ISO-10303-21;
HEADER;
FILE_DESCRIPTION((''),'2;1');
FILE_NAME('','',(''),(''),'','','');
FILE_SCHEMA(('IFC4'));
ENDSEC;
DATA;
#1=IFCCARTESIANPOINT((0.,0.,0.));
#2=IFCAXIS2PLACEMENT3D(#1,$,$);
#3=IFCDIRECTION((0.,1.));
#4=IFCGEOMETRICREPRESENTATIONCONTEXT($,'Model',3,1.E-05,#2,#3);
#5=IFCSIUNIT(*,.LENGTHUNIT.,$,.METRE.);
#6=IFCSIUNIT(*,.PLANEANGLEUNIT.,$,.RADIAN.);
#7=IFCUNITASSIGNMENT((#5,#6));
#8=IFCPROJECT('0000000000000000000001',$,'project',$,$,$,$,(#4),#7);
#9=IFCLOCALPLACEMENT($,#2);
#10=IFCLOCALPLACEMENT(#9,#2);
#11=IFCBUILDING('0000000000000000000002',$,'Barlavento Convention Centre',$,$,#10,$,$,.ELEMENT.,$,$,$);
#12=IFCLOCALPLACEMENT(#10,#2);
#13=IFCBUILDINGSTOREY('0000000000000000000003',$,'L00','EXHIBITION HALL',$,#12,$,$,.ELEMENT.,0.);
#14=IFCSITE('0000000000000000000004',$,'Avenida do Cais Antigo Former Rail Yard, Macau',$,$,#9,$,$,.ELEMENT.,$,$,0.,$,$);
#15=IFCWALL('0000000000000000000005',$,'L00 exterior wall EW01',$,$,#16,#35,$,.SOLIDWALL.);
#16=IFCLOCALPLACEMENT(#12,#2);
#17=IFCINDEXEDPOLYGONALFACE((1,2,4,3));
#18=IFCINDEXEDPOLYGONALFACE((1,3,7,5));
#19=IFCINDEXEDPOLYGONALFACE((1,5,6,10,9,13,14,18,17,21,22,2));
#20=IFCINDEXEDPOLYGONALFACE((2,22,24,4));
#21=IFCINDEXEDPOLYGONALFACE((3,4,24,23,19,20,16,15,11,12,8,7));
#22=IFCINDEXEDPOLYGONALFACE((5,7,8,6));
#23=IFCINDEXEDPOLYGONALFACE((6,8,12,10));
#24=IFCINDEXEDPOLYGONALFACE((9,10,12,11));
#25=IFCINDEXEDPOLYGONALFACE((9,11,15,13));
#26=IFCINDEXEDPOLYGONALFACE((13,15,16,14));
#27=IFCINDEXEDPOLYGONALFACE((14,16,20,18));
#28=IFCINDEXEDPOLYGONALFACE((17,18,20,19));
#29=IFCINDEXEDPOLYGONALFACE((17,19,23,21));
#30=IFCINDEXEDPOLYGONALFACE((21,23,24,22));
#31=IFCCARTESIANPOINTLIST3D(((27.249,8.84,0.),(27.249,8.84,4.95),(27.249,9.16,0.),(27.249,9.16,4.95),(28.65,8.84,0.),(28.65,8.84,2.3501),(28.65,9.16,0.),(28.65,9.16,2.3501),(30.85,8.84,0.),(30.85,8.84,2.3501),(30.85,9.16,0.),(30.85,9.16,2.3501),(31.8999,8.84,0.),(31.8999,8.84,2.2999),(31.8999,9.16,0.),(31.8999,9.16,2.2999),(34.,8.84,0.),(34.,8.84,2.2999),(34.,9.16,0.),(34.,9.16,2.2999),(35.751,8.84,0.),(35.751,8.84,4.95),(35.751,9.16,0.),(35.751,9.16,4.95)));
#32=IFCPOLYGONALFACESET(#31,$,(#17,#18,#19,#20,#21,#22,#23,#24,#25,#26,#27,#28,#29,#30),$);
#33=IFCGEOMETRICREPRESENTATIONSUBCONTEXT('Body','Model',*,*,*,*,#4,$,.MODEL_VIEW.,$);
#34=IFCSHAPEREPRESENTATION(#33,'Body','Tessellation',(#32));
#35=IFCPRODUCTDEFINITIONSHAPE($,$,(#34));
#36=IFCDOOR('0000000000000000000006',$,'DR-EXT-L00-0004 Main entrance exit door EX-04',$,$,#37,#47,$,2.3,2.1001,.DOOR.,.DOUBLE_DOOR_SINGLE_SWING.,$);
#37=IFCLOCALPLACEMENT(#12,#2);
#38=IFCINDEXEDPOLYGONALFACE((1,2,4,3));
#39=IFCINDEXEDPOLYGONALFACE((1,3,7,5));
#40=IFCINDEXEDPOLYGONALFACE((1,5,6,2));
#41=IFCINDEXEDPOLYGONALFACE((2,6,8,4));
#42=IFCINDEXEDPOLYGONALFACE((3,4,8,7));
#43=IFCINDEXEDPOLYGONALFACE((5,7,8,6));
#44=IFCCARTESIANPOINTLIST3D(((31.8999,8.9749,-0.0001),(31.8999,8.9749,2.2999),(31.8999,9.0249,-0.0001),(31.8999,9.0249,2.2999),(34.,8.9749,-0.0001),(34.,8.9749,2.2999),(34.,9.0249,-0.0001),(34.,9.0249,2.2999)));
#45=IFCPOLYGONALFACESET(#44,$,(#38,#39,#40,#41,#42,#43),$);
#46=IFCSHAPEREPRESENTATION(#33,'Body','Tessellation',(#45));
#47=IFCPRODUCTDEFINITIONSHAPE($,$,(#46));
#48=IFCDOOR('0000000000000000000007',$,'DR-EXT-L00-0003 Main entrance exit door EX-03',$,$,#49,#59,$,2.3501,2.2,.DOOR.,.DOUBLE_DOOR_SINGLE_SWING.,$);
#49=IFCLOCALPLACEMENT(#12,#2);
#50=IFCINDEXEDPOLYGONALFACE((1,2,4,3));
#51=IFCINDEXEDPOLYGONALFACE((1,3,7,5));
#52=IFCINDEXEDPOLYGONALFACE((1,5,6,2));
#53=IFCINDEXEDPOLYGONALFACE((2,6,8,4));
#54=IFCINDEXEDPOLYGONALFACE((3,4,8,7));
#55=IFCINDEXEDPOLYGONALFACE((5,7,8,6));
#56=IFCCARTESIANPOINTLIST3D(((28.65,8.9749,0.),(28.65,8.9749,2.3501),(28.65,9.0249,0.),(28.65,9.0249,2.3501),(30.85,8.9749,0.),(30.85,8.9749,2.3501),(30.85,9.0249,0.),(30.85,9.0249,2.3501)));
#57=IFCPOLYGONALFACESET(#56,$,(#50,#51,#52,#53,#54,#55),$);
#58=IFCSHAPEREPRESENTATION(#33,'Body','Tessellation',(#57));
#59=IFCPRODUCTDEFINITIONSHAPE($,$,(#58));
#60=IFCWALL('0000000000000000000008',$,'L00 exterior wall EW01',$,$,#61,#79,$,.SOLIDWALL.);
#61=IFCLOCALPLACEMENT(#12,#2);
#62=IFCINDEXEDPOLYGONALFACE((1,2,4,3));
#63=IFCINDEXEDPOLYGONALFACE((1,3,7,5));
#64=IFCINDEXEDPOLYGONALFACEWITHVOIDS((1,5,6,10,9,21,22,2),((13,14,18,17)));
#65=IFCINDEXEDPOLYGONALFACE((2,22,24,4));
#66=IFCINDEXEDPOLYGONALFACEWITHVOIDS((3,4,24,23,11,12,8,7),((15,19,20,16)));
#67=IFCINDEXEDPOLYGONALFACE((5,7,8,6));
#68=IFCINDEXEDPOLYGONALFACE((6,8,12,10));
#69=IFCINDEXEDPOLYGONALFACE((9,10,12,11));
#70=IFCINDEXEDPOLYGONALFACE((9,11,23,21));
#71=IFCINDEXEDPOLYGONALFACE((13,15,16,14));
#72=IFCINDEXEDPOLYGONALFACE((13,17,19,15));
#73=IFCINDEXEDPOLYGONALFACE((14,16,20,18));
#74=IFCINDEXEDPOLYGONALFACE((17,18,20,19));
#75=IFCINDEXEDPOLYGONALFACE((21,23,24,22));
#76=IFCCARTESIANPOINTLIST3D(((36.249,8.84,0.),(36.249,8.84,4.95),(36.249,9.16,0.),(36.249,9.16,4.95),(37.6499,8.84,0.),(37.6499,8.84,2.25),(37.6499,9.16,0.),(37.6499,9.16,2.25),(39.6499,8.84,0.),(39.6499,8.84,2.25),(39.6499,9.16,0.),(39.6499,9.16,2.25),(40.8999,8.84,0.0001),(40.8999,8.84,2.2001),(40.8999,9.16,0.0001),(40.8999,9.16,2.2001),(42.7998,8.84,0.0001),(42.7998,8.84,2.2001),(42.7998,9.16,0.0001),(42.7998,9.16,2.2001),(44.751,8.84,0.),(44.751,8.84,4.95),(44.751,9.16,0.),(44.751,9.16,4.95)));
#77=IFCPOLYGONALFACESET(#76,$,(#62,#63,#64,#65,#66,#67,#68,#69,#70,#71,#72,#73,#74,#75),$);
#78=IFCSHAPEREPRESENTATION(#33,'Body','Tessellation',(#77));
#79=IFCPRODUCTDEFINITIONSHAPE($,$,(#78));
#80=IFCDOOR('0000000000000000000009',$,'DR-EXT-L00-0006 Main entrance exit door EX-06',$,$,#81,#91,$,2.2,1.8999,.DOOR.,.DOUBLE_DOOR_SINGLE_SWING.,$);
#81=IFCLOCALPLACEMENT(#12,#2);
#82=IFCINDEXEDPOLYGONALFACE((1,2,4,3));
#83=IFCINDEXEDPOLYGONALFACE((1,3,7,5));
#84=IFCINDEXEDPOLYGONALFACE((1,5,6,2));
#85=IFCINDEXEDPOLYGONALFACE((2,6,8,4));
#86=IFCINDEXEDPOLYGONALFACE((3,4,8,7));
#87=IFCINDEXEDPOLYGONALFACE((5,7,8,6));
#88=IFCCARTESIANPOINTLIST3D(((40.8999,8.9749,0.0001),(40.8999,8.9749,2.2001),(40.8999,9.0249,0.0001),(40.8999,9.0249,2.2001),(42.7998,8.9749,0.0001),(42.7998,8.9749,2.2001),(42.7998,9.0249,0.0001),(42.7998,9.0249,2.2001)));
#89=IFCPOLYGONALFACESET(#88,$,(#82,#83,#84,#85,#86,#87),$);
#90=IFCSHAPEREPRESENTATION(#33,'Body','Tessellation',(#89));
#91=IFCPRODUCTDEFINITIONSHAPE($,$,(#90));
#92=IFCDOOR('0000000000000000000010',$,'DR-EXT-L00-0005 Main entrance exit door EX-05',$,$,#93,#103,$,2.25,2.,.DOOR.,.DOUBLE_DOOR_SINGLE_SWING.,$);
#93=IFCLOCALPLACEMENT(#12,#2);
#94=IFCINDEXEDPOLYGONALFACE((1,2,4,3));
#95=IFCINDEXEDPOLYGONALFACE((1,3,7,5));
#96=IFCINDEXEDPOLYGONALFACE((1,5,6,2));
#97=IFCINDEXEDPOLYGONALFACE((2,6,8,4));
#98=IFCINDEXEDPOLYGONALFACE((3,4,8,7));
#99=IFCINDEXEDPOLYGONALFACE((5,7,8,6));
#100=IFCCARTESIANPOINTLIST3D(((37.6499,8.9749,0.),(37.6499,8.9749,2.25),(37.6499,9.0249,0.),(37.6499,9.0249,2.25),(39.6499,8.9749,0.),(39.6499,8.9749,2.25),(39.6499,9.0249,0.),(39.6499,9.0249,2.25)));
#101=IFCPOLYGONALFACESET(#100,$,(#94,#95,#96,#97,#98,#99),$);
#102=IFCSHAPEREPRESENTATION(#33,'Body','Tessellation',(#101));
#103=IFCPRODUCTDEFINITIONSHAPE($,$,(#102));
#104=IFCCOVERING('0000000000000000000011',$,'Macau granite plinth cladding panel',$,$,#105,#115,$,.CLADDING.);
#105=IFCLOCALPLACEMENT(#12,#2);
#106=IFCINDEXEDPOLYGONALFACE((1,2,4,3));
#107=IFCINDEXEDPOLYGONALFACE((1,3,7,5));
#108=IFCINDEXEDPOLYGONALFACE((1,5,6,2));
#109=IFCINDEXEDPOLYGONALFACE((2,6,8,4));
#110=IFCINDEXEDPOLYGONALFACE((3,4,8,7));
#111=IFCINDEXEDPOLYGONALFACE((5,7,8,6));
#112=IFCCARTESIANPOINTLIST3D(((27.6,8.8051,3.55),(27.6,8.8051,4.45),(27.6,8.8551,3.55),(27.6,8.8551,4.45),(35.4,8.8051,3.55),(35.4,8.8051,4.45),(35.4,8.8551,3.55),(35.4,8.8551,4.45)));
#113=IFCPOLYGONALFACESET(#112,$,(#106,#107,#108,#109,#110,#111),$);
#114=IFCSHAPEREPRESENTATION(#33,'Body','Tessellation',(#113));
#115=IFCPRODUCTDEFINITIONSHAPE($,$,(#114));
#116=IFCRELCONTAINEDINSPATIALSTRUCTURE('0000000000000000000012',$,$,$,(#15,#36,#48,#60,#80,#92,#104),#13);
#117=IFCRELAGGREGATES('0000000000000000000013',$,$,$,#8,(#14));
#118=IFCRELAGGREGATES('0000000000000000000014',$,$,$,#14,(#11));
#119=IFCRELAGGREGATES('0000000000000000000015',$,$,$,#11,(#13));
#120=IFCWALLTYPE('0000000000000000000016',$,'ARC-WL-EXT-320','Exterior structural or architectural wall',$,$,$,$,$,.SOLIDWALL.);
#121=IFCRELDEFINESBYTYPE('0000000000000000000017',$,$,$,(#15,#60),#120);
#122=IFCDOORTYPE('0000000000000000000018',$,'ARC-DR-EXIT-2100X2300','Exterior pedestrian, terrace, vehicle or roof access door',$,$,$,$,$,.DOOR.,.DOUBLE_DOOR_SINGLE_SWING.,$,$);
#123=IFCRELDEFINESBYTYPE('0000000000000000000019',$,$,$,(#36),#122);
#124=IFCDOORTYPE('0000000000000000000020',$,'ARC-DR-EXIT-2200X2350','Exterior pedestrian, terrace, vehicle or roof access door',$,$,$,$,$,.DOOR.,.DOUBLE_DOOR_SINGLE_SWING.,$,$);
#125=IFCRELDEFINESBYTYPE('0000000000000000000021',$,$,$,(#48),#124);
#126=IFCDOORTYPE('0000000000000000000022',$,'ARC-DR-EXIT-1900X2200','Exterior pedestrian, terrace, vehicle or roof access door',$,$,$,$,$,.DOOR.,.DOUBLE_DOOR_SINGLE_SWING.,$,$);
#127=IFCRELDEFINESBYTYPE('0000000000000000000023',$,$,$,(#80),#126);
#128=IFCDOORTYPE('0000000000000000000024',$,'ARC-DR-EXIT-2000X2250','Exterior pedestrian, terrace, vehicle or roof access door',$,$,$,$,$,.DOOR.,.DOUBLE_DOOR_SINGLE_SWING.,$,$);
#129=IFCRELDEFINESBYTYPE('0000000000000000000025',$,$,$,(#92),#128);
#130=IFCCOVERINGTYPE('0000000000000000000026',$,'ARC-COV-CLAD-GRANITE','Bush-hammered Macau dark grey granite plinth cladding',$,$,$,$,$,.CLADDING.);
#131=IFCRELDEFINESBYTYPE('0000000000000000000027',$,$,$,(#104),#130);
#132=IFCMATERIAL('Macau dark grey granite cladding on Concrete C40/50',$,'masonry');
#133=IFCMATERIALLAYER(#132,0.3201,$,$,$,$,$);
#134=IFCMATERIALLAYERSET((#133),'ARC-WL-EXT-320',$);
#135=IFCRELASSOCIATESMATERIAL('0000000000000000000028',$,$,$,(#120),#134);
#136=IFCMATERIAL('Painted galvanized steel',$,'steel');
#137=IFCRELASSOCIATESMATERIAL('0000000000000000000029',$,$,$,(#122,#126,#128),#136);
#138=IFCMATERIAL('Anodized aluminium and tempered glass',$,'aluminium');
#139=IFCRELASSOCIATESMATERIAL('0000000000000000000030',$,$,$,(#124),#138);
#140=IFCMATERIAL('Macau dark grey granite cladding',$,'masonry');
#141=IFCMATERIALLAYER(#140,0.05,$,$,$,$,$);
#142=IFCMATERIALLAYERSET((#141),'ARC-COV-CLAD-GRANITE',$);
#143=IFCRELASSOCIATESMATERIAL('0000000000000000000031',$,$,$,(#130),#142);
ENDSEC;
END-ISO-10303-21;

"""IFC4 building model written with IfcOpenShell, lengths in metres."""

from ifc_helpers import new_model, si_unit, direction, frame, frame_2d, origin, origin_2d, place, context, subcontext, project, spatial, rectangle, extrude, material, layer, layer_set, type_object, element, fill, save


model = new_model("IFC4")

# Units and contexts
model_context = context("Model", 3, precision=1e-05, world=origin(), true_north=direction((0.0, 1.0)))
body_context = subcontext(model_context, "Body", "Model", "MODEL_VIEW")
ifc_project = project(units=[si_unit("LENGTHUNIT", "METRE"), si_unit("PLANEANGLEUNIT", "RADIAN")], contexts=[model_context])

# Site, building, storey
site_placement = place(None, origin())
site = spatial("IfcSite", under=ifc_project, at=site_placement, Name="Avenida do Cais Antigo Former Rail Yard, Macau", CompositionType="ELEMENT", RefElevation=0.0)
building_placement = place(site_placement, origin())
building = spatial("IfcBuilding", under=site, at=building_placement, Name="Barlavento Convention Centre", CompositionType="ELEMENT")
storey_placement = place(building_placement, origin())
storey = spatial("IfcBuildingStorey", under=building, at=storey_placement, Name="L00", Description="EXHIBITION HALL", CompositionType="ELEMENT", Elevation=0.0)

# Walls, openings, doors
ifc_material_1 = material(Name="Macau dark grey granite cladding on Concrete C40/50", Category="masonry")
ifc_layer_1 = layer(ifc_material_1, 0.3201)
ifc_layer_set_1 = layer_set([ifc_layer_1], Name="ARC-WL-EXT-320")
wall_type = type_object("IfcWallType", Name="ARC-WL-EXT-320", Description="Exterior structural or architectural wall", PredefinedType="SOLIDWALL", material=ifc_layer_set_1)
wall_1_placement = place(storey_placement, frame((27.249, 9.0, 0.0), z_axis=(0.0, 0.0, 1.0), x_axis=(1.0, 0.0, 0.0)))
wall_1 = element("IfcWall", 1, at=wall_1_placement, inside=storey, type_object=wall_type, Name="L00 exterior wall EW01", PredefinedType="SOLIDWALL", context=body_context, shape_type="SweptSolid", body=[
    extrude(rectangle(XDim=8.502, YDim=0.3201, at=frame_2d((4.251, 0.0))), origin(), (0.0, 0.0, 1.0), 4.95),
])
opening_1_placement = place(wall_1_placement, frame((1.4009, 0.0, 0.0)))
opening_1 = element("IfcOpeningElement", 2, at=opening_1_placement, cuts=wall_1, PredefinedType="OPENING", context=body_context, shape_type="SweptSolid", body=[
    extrude(rectangle(XDim=2.2, YDim=2.3501, at=frame_2d((1.1001, 1.175))), frame((0.0, 0.1699, 0.0), z_axis=(0.0, -1.0, 0.0), x_axis=(1.0, 0.0, 0.0)), (0.0, 0.0, 1.0), 0.3401),
])
opening_2_placement = place(wall_1_placement, frame((4.6509, 0.0, 0.0)))
opening_2 = element("IfcOpeningElement", 3, at=opening_2_placement, cuts=wall_1, PredefinedType="OPENING", context=body_context, shape_type="SweptSolid", body=[
    extrude(rectangle(XDim=2.1001, YDim=2.3, at=frame_2d((1.05, 1.1499))), frame((0.0, 0.1699, 0.0), z_axis=(0.0, -1.0, 0.0), x_axis=(1.0, 0.0, 0.0)), (0.0, 0.0, 1.0), 0.3401),
])
ifc_material_2 = material(Name="Painted galvanized steel", Category="steel")
door_type_1 = type_object("IfcDoorType", Name="ARC-DR-EXIT-2100X2300", Description="Exterior pedestrian, terrace, vehicle or roof access door", OperationType="DOUBLE_DOOR_SINGLE_SWING", PredefinedType="DOOR", material=ifc_material_2)
door_1_placement = place(opening_2_placement, origin())
door_1 = element("IfcDoor", 4, at=door_1_placement, inside=storey, type_object=door_type_1, Name="DR-EXT-L00-0004 Main entrance exit door EX-04", OperationType="DOUBLE_DOOR_SINGLE_SWING", OverallHeight=2.3, OverallWidth=2.1001, PredefinedType="DOOR", context=body_context, shape_type="SweptSolid", body=[
    extrude(rectangle(XDim=2.1001, YDim=2.3, at=frame_2d((1.05, 1.1499))), frame((0.0, 0.0249, 0.0), z_axis=(0.0, -1.0, 0.0), x_axis=(1.0, 0.0, 0.0)), (0.0, 0.0, 1.0), 0.05),
])
fill(opening_2, door_1)
ifc_material_3 = material(Name="Anodized aluminium and tempered glass", Category="aluminium")
door_type_2 = type_object("IfcDoorType", Name="ARC-DR-EXIT-2200X2350", Description="Exterior pedestrian, terrace, vehicle or roof access door", OperationType="DOUBLE_DOOR_SINGLE_SWING", PredefinedType="DOOR", material=ifc_material_3)
door_2_placement = place(opening_1_placement, origin())
door_2 = element("IfcDoor", 5, at=door_2_placement, inside=storey, type_object=door_type_2, Name="DR-EXT-L00-0003 Main entrance exit door EX-03", OperationType="DOUBLE_DOOR_SINGLE_SWING", OverallHeight=2.3501, OverallWidth=2.2, PredefinedType="DOOR", context=body_context, shape_type="SweptSolid", body=[
    extrude(rectangle(XDim=2.2, YDim=2.3501, at=frame_2d((1.1001, 1.175))), frame((0.0, 0.0249, 0.0), z_axis=(0.0, -1.0, 0.0), x_axis=(1.0, 0.0, 0.0)), (0.0, 0.0, 1.0), 0.05),
])
fill(opening_1, door_2)
wall_2_placement = place(storey_placement, frame((36.249, 9.0, 0.0), z_axis=(0.0, 0.0, 1.0), x_axis=(1.0, 0.0, 0.0)))
wall_2 = element("IfcWall", 6, at=wall_2_placement, inside=storey, type_object=wall_type, Name="L00 exterior wall EW01", PredefinedType="SOLIDWALL", context=body_context, shape_type="SweptSolid", body=[
    extrude(rectangle(XDim=8.502, YDim=0.3201, at=frame_2d((4.251, 0.0))), origin(), (0.0, 0.0, 1.0), 4.95),
])
opening_3_placement = place(wall_2_placement, frame((1.4009, 0.0, 0.0)))
opening_3 = element("IfcOpeningElement", 7, at=opening_3_placement, cuts=wall_2, PredefinedType="OPENING", context=body_context, shape_type="SweptSolid", body=[
    extrude(rectangle(XDim=2.0, YDim=2.25, at=frame_2d((1.0, 1.125))), frame((0.0, 0.1699, 0.0), z_axis=(0.0, -1.0, 0.0), x_axis=(1.0, 0.0, 0.0)), (0.0, 0.0, 1.0), 0.3401),
])
opening_4_placement = place(wall_2_placement, frame((4.6509, 0.0, 0.0)))
opening_4 = element("IfcOpeningElement", 8, at=opening_4_placement, cuts=wall_2, PredefinedType="OPENING", context=body_context, shape_type="SweptSolid", body=[
    extrude(rectangle(XDim=1.8999, YDim=2.2, at=frame_2d((0.95, 1.1001))), frame((0.0, 0.1699, 0.0), z_axis=(0.0, -1.0, 0.0), x_axis=(1.0, 0.0, 0.0)), (0.0, 0.0, 1.0), 0.3401),
])
door_type_3 = type_object("IfcDoorType", Name="ARC-DR-EXIT-1900X2200", Description="Exterior pedestrian, terrace, vehicle or roof access door", OperationType="DOUBLE_DOOR_SINGLE_SWING", PredefinedType="DOOR", material=ifc_material_2)
door_3_placement = place(opening_4_placement, origin())
door_3 = element("IfcDoor", 9, at=door_3_placement, inside=storey, type_object=door_type_3, Name="DR-EXT-L00-0006 Main entrance exit door EX-06", OperationType="DOUBLE_DOOR_SINGLE_SWING", OverallHeight=2.2, OverallWidth=1.8999, PredefinedType="DOOR", context=body_context, shape_type="SweptSolid", body=[
    extrude(rectangle(XDim=1.8999, YDim=2.2, at=frame_2d((0.95, 1.1001))), frame((0.0, 0.0249, 0.0), z_axis=(0.0, -1.0, 0.0), x_axis=(1.0, 0.0, 0.0)), (0.0, 0.0, 1.0), 0.05),
])
fill(opening_4, door_3)
door_type_4 = type_object("IfcDoorType", Name="ARC-DR-EXIT-2000X2250", Description="Exterior pedestrian, terrace, vehicle or roof access door", OperationType="DOUBLE_DOOR_SINGLE_SWING", PredefinedType="DOOR", material=ifc_material_2)
door_4_placement = place(opening_3_placement, origin())
door_4 = element("IfcDoor", 10, at=door_4_placement, inside=storey, type_object=door_type_4, Name="DR-EXT-L00-0005 Main entrance exit door EX-05", OperationType="DOUBLE_DOOR_SINGLE_SWING", OverallHeight=2.25, OverallWidth=2.0, PredefinedType="DOOR", context=body_context, shape_type="SweptSolid", body=[
    extrude(rectangle(XDim=2.0, YDim=2.25, at=frame_2d((1.0, 1.125))), frame((0.0, 0.0249, 0.0), z_axis=(0.0, -1.0, 0.0), x_axis=(1.0, 0.0, 0.0)), (0.0, 0.0, 1.0), 0.05),
])
fill(opening_3, door_4)

# Covering
ifc_material_4 = material(Name="Macau dark grey granite cladding", Category="masonry")
ifc_layer_2 = layer(ifc_material_4, 0.05)
ifc_layer_set_2 = layer_set([ifc_layer_2], Name="ARC-COV-CLAD-GRANITE")
covering_type = type_object("IfcCoveringType", Name="ARC-COV-CLAD-GRANITE", Description="Bush-hammered Macau dark grey granite plinth cladding", PredefinedType="CLADDING", material=ifc_layer_set_2)
covering_placement = place(storey_placement, frame((31.5, 8.8301, 3.55), z_axis=(0.0, 0.0, 1.0), x_axis=(1.0, 0.0, 0.0)))
element("IfcCovering", 11, at=covering_placement, inside=storey, type_object=covering_type, Name="Macau granite plinth cladding panel", PredefinedType="CLADDING", context=body_context, shape_type="SweptSolid", body=[
    extrude(rectangle(XDim=7.8, YDim=0.05, at=origin_2d()), origin(), (0.0, 0.0, 1.0), 0.8999),
])

save(model, "model.ifc")
